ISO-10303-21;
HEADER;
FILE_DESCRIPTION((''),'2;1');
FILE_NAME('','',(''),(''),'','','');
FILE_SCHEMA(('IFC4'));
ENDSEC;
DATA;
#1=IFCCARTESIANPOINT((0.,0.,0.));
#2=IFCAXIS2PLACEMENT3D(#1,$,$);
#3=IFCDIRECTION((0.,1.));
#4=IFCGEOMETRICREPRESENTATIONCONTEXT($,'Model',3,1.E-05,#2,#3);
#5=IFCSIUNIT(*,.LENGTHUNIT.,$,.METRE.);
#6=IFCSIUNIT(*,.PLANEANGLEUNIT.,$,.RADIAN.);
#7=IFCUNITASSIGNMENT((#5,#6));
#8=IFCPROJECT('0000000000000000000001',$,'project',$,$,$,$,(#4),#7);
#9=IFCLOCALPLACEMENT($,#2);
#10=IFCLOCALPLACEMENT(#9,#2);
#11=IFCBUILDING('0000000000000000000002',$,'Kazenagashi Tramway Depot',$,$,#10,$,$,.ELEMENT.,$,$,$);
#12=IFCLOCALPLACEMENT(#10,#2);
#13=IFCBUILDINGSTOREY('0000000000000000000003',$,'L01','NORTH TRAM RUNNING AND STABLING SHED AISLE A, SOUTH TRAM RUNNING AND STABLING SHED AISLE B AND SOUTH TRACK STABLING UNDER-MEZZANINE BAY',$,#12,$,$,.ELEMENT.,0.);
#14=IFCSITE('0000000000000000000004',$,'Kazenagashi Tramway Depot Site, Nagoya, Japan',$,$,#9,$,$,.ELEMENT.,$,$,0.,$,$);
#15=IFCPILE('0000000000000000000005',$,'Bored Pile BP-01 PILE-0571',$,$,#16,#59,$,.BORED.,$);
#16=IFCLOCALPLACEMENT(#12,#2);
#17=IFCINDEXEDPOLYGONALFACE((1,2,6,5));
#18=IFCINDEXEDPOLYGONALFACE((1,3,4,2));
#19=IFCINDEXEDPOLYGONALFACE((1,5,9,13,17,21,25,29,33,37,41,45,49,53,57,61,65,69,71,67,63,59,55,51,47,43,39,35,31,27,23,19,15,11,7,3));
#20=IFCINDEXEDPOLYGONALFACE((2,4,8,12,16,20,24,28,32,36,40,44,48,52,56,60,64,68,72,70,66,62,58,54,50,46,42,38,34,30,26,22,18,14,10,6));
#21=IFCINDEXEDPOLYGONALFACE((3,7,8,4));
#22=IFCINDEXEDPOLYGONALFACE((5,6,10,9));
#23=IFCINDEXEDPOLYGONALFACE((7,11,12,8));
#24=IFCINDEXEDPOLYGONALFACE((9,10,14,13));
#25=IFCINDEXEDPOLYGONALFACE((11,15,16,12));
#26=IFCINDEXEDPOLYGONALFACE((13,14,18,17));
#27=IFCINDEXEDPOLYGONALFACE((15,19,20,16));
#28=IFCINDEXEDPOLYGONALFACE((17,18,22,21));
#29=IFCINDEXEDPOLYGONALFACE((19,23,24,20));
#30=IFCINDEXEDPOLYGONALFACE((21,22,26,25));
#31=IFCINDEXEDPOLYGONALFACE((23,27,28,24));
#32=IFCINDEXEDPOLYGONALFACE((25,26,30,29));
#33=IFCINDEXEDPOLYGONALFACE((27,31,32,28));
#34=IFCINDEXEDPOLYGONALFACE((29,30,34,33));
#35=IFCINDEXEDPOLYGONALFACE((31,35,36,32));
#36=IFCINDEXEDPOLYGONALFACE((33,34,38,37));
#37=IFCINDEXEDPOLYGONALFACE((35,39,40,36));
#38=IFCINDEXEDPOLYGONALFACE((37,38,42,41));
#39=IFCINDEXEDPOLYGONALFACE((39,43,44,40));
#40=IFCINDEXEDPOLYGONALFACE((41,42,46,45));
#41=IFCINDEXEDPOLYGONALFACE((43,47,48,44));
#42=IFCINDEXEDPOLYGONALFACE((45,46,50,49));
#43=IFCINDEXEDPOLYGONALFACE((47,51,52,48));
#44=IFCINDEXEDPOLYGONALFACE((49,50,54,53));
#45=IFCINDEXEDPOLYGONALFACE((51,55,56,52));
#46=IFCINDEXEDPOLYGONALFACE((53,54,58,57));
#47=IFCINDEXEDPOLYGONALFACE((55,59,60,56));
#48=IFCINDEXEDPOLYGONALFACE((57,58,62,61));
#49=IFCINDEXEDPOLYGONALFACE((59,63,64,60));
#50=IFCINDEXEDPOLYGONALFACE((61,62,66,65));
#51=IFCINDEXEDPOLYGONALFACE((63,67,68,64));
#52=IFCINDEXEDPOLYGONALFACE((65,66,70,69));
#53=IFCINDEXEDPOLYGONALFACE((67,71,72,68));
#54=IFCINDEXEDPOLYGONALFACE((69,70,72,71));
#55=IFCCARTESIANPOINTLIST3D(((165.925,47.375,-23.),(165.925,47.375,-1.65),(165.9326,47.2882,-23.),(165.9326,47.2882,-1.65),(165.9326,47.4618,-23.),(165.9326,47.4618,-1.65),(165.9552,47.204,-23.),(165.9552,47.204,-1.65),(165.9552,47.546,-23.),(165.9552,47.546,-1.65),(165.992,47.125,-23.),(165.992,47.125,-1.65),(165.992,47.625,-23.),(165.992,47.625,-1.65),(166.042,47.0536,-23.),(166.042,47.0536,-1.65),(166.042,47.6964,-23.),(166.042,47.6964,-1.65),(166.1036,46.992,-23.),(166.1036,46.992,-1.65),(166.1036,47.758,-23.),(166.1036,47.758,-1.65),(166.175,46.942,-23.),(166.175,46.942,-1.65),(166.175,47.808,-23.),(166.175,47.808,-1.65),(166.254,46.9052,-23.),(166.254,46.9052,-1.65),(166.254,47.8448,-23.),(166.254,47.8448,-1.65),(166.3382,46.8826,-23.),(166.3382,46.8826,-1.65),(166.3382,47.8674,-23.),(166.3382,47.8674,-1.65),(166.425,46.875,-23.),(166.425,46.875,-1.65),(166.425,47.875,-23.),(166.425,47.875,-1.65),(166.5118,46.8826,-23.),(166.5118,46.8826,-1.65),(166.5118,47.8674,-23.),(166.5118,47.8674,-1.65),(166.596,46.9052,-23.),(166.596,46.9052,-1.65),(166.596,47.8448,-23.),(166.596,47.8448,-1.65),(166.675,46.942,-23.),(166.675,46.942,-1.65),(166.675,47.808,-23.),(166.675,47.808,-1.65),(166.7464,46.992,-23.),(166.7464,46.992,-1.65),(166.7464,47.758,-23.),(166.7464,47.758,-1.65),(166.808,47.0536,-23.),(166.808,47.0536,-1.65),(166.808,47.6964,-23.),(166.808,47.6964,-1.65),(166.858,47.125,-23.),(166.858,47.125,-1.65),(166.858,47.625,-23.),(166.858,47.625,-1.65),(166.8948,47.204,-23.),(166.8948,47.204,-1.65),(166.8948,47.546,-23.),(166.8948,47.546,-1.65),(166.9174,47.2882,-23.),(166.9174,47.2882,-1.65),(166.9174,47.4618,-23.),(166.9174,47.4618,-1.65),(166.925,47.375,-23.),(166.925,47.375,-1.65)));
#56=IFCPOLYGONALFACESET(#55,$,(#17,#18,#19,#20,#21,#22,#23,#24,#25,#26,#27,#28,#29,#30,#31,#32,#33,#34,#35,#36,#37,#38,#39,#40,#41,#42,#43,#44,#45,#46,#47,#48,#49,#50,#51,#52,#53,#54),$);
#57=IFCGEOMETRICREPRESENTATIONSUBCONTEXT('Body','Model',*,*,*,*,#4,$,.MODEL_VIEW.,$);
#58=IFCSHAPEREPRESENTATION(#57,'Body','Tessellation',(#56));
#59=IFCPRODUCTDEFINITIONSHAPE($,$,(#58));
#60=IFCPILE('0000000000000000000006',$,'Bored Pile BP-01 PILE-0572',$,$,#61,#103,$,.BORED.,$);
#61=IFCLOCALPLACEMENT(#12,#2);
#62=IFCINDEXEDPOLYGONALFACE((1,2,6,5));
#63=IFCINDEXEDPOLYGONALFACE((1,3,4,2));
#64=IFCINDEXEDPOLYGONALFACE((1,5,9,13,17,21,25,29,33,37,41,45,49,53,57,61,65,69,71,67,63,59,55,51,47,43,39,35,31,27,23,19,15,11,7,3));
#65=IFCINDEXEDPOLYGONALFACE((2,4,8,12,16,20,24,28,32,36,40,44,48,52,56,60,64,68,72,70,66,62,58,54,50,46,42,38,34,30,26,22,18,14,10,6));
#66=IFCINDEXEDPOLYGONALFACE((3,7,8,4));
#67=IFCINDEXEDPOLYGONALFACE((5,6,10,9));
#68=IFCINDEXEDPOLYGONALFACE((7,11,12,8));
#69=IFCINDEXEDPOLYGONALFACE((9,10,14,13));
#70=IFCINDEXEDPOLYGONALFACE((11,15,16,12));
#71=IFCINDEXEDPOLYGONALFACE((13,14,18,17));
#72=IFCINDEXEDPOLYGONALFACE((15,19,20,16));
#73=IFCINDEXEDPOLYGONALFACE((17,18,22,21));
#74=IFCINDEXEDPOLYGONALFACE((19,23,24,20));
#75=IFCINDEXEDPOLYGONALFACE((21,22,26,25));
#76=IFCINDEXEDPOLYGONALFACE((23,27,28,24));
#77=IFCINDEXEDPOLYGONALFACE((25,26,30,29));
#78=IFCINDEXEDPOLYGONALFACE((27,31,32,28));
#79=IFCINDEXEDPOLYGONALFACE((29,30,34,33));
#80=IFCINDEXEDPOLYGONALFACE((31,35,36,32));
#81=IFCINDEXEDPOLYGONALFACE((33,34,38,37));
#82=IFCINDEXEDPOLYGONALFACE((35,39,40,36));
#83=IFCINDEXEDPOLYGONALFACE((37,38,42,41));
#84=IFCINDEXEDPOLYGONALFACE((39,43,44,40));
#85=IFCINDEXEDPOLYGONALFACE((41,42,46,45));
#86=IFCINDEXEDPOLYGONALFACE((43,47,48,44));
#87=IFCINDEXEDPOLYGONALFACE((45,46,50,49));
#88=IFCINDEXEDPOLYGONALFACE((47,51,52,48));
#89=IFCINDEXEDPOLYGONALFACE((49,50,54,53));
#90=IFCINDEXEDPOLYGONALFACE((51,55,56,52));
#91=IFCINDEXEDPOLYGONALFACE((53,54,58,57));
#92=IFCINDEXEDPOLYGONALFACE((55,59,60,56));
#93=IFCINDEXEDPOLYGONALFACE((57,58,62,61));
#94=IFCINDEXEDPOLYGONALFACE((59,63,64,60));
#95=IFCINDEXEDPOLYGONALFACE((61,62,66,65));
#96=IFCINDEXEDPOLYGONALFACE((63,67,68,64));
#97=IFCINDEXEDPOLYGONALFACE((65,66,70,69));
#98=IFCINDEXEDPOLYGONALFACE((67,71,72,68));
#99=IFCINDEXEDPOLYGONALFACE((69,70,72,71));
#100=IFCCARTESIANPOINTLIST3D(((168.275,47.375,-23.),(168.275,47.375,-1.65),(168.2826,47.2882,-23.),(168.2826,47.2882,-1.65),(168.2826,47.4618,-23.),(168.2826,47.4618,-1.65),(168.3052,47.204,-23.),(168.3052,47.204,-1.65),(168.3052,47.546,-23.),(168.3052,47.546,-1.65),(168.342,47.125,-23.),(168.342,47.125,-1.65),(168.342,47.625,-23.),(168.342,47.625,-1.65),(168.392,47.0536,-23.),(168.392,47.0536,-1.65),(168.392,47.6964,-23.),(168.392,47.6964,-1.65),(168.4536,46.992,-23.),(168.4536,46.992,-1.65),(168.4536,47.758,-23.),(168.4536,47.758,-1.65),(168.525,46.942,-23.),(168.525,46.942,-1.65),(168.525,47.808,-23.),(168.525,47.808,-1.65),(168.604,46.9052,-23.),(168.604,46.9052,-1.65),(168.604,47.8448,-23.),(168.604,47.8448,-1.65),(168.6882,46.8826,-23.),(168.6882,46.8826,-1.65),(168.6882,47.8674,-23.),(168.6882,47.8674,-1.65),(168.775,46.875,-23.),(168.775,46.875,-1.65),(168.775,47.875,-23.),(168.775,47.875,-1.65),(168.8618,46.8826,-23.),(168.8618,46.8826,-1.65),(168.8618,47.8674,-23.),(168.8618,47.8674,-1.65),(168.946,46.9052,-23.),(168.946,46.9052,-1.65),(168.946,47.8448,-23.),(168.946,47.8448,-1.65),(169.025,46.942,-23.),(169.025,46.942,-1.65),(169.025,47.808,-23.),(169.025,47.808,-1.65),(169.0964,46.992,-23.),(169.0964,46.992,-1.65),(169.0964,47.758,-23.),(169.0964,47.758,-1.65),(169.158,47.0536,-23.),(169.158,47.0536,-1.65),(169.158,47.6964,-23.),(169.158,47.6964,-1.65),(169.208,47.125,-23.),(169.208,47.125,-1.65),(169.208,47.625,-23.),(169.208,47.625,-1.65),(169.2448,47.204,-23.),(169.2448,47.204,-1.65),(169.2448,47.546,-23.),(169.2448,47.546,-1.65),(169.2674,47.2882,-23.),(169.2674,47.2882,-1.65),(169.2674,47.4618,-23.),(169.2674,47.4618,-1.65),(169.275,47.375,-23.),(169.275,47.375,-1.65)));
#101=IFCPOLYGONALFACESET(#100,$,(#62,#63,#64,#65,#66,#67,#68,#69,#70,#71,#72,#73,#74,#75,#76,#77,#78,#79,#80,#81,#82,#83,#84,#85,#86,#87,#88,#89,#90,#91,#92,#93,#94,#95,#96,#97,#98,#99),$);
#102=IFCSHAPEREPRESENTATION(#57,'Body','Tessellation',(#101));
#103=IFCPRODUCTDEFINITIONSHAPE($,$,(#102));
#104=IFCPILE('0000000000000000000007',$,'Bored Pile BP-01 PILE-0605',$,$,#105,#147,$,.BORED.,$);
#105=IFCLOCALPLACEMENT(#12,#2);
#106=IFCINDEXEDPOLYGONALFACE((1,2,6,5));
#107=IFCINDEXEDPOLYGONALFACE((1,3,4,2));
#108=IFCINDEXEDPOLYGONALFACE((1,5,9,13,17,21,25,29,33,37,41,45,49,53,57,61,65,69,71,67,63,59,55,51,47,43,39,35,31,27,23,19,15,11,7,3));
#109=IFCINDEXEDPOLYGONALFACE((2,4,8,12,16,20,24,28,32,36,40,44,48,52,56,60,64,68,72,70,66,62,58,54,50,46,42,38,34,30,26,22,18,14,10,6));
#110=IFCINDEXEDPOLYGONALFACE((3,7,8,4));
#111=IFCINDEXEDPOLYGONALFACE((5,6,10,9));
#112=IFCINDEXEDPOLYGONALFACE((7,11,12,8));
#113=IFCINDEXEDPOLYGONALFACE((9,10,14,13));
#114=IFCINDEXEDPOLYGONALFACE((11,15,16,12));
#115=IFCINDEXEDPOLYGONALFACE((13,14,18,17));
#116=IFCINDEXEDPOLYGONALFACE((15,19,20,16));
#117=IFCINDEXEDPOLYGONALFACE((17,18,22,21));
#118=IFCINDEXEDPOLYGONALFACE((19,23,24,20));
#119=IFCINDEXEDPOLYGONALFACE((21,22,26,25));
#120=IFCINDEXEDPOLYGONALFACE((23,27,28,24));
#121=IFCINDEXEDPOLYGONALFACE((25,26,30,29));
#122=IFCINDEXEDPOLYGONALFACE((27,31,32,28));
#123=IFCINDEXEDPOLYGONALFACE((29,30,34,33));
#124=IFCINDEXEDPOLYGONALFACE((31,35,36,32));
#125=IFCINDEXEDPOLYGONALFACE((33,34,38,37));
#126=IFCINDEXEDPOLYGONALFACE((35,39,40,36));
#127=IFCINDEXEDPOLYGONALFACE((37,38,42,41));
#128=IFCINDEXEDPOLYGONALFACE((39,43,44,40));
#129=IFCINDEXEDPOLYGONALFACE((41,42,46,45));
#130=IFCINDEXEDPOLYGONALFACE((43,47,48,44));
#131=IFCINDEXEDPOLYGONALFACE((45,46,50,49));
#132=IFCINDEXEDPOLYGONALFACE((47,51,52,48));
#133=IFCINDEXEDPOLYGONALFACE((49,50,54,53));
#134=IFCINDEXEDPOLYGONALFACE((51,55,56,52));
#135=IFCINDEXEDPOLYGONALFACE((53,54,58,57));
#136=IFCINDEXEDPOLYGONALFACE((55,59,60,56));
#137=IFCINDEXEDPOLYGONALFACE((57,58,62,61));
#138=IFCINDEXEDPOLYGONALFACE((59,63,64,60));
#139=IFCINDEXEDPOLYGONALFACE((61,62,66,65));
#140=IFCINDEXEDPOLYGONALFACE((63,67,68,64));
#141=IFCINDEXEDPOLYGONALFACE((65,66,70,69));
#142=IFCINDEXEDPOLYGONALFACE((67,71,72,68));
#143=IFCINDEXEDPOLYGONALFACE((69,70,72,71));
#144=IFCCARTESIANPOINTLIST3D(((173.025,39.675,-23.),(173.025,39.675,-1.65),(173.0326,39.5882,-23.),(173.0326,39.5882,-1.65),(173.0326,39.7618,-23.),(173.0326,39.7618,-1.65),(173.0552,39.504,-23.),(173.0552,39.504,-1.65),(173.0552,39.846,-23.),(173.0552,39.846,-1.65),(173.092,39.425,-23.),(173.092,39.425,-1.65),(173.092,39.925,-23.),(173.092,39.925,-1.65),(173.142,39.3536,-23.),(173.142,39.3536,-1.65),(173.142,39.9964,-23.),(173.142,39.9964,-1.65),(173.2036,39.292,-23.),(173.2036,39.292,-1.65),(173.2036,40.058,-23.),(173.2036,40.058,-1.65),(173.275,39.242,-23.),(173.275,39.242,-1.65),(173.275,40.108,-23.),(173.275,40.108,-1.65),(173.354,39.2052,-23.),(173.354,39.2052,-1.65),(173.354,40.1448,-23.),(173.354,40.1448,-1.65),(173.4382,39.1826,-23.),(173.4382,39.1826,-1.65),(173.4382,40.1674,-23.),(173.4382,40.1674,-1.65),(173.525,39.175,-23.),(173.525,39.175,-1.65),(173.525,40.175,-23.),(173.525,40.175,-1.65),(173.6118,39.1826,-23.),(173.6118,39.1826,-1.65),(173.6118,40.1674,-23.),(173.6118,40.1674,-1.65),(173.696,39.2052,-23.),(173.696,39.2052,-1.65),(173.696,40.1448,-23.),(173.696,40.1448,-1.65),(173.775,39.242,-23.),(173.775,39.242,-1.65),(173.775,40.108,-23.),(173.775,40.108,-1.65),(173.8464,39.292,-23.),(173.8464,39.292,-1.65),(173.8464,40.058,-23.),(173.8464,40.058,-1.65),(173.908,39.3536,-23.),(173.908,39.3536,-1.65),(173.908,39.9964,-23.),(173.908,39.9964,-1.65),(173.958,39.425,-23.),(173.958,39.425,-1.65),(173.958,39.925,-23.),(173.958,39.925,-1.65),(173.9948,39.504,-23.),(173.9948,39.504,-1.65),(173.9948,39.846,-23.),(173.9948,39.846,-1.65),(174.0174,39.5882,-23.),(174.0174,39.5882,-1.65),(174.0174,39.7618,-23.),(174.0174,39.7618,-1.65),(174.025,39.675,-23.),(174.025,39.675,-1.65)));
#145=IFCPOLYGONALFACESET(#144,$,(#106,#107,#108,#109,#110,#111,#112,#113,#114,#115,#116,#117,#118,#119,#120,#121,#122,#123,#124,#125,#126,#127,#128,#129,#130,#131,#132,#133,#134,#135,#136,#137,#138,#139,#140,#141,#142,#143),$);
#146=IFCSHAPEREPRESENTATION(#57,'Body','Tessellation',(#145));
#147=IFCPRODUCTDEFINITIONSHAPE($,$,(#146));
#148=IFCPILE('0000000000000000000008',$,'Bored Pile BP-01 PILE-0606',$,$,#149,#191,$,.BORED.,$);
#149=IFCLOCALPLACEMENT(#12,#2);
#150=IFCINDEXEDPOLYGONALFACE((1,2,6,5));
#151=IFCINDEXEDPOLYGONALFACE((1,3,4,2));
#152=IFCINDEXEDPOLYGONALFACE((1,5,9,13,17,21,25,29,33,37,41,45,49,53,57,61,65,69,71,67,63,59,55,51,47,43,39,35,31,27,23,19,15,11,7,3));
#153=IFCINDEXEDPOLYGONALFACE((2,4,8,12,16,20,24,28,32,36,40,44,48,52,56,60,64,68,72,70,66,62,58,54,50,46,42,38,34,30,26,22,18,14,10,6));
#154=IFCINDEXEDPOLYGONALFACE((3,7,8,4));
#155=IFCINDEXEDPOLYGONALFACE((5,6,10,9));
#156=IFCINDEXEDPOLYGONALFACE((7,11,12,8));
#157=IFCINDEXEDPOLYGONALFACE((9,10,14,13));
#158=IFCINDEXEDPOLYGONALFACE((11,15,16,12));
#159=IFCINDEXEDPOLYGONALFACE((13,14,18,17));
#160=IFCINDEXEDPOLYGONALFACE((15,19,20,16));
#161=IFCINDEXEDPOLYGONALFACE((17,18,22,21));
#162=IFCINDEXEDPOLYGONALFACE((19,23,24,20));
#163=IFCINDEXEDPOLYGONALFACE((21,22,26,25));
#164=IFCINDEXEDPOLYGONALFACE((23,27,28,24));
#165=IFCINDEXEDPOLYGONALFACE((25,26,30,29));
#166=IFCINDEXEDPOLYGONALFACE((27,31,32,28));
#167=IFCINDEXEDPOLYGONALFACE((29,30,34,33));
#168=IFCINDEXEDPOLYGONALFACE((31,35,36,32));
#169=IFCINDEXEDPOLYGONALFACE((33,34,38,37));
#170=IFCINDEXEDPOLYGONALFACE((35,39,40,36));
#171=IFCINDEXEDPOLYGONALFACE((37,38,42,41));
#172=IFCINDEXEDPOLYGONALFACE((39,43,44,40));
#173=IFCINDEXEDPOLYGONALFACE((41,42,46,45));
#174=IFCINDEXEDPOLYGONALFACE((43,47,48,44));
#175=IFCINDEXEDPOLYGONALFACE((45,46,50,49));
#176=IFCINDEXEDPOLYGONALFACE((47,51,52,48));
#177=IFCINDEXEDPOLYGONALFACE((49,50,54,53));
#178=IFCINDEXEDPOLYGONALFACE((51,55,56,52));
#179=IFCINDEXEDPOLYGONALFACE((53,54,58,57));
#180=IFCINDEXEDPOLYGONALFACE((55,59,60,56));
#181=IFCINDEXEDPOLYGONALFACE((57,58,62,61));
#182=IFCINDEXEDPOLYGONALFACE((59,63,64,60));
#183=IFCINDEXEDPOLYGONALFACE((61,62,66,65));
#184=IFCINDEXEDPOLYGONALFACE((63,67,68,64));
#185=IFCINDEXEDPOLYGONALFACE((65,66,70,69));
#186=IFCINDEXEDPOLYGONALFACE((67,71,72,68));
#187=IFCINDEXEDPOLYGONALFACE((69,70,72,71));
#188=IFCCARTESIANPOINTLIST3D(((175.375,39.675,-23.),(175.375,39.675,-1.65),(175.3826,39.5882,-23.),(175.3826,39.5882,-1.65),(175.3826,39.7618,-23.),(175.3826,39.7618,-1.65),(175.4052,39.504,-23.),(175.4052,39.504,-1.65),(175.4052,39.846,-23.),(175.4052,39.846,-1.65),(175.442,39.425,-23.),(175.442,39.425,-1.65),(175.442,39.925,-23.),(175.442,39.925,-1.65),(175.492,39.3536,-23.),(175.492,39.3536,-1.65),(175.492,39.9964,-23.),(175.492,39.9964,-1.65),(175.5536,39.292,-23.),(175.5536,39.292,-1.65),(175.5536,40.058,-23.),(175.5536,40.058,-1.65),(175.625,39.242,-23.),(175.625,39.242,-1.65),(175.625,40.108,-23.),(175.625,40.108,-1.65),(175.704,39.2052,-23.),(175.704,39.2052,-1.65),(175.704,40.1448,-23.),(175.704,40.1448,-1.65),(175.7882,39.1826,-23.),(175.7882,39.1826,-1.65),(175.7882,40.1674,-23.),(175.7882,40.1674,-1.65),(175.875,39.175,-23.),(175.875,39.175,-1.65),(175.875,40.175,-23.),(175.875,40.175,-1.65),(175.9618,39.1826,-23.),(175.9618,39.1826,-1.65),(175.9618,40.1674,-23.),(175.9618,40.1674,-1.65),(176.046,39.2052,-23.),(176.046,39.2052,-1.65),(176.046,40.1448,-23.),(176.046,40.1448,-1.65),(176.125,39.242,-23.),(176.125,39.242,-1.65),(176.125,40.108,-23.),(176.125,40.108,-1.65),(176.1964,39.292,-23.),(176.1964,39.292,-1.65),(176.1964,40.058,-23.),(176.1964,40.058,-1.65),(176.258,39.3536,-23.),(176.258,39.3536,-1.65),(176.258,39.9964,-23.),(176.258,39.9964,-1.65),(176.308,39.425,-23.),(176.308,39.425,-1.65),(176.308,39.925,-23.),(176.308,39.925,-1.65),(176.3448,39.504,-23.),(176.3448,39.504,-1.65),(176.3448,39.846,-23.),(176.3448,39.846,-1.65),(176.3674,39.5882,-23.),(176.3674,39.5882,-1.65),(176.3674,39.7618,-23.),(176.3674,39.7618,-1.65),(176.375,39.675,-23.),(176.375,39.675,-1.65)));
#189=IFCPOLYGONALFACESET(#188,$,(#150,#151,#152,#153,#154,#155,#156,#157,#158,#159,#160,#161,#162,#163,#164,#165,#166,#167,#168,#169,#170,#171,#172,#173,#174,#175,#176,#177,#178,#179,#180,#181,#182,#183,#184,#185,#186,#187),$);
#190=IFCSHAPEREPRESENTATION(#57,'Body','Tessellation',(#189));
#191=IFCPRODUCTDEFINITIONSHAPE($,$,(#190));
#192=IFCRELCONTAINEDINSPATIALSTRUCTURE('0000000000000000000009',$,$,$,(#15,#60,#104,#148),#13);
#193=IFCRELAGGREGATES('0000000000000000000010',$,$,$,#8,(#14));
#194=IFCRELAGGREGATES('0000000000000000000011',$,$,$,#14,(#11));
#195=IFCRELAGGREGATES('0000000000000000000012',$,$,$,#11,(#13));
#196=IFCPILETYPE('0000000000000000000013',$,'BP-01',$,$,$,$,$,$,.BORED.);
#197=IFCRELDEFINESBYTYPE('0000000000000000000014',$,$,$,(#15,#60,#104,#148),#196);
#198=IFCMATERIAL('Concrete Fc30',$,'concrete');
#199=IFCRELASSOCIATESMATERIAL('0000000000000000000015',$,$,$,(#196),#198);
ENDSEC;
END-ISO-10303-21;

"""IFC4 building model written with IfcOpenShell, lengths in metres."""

from ifc_helpers import new_model, si_unit, direction, frame, origin, origin_2d, place, context, subcontext, project, spatial, circle, extrude, material, material_profile, profile_set, type_object, element, save


model = new_model("IFC4")

# Units and contexts
model_context = context("Model", 3, precision=1e-05, world=origin(), true_north=direction((0.0, 1.0)))
body_context = subcontext(model_context, "Body", "Model", "MODEL_VIEW")
ifc_project = project(units=[si_unit("LENGTHUNIT", "METRE"), si_unit("PLANEANGLEUNIT", "RADIAN")], contexts=[model_context])

# Site, building, storey
site_placement = place(None, origin())
site = spatial("IfcSite", under=ifc_project, at=site_placement, Name="Kazenagashi Tramway Depot Site, Nagoya, Japan", CompositionType="ELEMENT", RefElevation=0.0)
building_placement = place(site_placement, origin())
building = spatial("IfcBuilding", under=site, at=building_placement, Name="Kazenagashi Tramway Depot", CompositionType="ELEMENT")
storey_placement = place(building_placement, origin())
storey = spatial("IfcBuildingStorey", under=building, at=storey_placement, Name="L01", Description="NORTH TRAM RUNNING AND STABLING SHED AISLE A, SOUTH TRAM RUNNING AND STABLING SHED AISLE B AND SOUTH TRACK STABLING UNDER-MEZZANINE BAY", CompositionType="ELEMENT", Elevation=0.0)

# Piles
ifc_material_1 = material(Name="Concrete Fc30", Category="concrete")
ifc_material_profile_1 = material_profile(ifc_material_1, circle(Radius=0.5, at=origin_2d()), Name="PILE-1000")
ifc_profile_set_1 = profile_set([ifc_material_profile_1], Name="Concrete Fc30")
pile_type = type_object("IfcPileType", Name="BP-01", PredefinedType="BORED", material=ifc_profile_set_1)
for number, where, z_axis, x_axis, name in (
    (1, (166.425, 47.375, -1.65), (0.0, 0.0, -1.0), (1.0, 0.0, 0.0), "Bored Pile BP-01 PILE-0571"),
    (2, (168.775, 47.375, -1.65), (0.0, 0.0, -1.0), (1.0, 0.0, 0.0), "Bored Pile BP-01 PILE-0572"),
    (3, (173.525, 39.675, -1.65), (0.0, 0.0, -1.0), (1.0, 0.0, 0.0), "Bored Pile BP-01 PILE-0605"),
    (4, (175.875, 39.675, -1.65), (0.0, 0.0, -1.0), (1.0, 0.0, 0.0), "Bored Pile BP-01 PILE-0606"),
):
    element("IfcPile", number, at=place(storey_placement, frame(where, z_axis=z_axis, x_axis=x_axis)), inside=storey, type_object=pile_type, Name=name, PredefinedType="BORED", context=body_context, shape_type="SweptSolid", body=[
        extrude(circle(Radius=0.5, at=origin_2d()), origin(), (0.0, 0.0, 1.0), 21.35),
    ])

save(model, "model.ifc")
